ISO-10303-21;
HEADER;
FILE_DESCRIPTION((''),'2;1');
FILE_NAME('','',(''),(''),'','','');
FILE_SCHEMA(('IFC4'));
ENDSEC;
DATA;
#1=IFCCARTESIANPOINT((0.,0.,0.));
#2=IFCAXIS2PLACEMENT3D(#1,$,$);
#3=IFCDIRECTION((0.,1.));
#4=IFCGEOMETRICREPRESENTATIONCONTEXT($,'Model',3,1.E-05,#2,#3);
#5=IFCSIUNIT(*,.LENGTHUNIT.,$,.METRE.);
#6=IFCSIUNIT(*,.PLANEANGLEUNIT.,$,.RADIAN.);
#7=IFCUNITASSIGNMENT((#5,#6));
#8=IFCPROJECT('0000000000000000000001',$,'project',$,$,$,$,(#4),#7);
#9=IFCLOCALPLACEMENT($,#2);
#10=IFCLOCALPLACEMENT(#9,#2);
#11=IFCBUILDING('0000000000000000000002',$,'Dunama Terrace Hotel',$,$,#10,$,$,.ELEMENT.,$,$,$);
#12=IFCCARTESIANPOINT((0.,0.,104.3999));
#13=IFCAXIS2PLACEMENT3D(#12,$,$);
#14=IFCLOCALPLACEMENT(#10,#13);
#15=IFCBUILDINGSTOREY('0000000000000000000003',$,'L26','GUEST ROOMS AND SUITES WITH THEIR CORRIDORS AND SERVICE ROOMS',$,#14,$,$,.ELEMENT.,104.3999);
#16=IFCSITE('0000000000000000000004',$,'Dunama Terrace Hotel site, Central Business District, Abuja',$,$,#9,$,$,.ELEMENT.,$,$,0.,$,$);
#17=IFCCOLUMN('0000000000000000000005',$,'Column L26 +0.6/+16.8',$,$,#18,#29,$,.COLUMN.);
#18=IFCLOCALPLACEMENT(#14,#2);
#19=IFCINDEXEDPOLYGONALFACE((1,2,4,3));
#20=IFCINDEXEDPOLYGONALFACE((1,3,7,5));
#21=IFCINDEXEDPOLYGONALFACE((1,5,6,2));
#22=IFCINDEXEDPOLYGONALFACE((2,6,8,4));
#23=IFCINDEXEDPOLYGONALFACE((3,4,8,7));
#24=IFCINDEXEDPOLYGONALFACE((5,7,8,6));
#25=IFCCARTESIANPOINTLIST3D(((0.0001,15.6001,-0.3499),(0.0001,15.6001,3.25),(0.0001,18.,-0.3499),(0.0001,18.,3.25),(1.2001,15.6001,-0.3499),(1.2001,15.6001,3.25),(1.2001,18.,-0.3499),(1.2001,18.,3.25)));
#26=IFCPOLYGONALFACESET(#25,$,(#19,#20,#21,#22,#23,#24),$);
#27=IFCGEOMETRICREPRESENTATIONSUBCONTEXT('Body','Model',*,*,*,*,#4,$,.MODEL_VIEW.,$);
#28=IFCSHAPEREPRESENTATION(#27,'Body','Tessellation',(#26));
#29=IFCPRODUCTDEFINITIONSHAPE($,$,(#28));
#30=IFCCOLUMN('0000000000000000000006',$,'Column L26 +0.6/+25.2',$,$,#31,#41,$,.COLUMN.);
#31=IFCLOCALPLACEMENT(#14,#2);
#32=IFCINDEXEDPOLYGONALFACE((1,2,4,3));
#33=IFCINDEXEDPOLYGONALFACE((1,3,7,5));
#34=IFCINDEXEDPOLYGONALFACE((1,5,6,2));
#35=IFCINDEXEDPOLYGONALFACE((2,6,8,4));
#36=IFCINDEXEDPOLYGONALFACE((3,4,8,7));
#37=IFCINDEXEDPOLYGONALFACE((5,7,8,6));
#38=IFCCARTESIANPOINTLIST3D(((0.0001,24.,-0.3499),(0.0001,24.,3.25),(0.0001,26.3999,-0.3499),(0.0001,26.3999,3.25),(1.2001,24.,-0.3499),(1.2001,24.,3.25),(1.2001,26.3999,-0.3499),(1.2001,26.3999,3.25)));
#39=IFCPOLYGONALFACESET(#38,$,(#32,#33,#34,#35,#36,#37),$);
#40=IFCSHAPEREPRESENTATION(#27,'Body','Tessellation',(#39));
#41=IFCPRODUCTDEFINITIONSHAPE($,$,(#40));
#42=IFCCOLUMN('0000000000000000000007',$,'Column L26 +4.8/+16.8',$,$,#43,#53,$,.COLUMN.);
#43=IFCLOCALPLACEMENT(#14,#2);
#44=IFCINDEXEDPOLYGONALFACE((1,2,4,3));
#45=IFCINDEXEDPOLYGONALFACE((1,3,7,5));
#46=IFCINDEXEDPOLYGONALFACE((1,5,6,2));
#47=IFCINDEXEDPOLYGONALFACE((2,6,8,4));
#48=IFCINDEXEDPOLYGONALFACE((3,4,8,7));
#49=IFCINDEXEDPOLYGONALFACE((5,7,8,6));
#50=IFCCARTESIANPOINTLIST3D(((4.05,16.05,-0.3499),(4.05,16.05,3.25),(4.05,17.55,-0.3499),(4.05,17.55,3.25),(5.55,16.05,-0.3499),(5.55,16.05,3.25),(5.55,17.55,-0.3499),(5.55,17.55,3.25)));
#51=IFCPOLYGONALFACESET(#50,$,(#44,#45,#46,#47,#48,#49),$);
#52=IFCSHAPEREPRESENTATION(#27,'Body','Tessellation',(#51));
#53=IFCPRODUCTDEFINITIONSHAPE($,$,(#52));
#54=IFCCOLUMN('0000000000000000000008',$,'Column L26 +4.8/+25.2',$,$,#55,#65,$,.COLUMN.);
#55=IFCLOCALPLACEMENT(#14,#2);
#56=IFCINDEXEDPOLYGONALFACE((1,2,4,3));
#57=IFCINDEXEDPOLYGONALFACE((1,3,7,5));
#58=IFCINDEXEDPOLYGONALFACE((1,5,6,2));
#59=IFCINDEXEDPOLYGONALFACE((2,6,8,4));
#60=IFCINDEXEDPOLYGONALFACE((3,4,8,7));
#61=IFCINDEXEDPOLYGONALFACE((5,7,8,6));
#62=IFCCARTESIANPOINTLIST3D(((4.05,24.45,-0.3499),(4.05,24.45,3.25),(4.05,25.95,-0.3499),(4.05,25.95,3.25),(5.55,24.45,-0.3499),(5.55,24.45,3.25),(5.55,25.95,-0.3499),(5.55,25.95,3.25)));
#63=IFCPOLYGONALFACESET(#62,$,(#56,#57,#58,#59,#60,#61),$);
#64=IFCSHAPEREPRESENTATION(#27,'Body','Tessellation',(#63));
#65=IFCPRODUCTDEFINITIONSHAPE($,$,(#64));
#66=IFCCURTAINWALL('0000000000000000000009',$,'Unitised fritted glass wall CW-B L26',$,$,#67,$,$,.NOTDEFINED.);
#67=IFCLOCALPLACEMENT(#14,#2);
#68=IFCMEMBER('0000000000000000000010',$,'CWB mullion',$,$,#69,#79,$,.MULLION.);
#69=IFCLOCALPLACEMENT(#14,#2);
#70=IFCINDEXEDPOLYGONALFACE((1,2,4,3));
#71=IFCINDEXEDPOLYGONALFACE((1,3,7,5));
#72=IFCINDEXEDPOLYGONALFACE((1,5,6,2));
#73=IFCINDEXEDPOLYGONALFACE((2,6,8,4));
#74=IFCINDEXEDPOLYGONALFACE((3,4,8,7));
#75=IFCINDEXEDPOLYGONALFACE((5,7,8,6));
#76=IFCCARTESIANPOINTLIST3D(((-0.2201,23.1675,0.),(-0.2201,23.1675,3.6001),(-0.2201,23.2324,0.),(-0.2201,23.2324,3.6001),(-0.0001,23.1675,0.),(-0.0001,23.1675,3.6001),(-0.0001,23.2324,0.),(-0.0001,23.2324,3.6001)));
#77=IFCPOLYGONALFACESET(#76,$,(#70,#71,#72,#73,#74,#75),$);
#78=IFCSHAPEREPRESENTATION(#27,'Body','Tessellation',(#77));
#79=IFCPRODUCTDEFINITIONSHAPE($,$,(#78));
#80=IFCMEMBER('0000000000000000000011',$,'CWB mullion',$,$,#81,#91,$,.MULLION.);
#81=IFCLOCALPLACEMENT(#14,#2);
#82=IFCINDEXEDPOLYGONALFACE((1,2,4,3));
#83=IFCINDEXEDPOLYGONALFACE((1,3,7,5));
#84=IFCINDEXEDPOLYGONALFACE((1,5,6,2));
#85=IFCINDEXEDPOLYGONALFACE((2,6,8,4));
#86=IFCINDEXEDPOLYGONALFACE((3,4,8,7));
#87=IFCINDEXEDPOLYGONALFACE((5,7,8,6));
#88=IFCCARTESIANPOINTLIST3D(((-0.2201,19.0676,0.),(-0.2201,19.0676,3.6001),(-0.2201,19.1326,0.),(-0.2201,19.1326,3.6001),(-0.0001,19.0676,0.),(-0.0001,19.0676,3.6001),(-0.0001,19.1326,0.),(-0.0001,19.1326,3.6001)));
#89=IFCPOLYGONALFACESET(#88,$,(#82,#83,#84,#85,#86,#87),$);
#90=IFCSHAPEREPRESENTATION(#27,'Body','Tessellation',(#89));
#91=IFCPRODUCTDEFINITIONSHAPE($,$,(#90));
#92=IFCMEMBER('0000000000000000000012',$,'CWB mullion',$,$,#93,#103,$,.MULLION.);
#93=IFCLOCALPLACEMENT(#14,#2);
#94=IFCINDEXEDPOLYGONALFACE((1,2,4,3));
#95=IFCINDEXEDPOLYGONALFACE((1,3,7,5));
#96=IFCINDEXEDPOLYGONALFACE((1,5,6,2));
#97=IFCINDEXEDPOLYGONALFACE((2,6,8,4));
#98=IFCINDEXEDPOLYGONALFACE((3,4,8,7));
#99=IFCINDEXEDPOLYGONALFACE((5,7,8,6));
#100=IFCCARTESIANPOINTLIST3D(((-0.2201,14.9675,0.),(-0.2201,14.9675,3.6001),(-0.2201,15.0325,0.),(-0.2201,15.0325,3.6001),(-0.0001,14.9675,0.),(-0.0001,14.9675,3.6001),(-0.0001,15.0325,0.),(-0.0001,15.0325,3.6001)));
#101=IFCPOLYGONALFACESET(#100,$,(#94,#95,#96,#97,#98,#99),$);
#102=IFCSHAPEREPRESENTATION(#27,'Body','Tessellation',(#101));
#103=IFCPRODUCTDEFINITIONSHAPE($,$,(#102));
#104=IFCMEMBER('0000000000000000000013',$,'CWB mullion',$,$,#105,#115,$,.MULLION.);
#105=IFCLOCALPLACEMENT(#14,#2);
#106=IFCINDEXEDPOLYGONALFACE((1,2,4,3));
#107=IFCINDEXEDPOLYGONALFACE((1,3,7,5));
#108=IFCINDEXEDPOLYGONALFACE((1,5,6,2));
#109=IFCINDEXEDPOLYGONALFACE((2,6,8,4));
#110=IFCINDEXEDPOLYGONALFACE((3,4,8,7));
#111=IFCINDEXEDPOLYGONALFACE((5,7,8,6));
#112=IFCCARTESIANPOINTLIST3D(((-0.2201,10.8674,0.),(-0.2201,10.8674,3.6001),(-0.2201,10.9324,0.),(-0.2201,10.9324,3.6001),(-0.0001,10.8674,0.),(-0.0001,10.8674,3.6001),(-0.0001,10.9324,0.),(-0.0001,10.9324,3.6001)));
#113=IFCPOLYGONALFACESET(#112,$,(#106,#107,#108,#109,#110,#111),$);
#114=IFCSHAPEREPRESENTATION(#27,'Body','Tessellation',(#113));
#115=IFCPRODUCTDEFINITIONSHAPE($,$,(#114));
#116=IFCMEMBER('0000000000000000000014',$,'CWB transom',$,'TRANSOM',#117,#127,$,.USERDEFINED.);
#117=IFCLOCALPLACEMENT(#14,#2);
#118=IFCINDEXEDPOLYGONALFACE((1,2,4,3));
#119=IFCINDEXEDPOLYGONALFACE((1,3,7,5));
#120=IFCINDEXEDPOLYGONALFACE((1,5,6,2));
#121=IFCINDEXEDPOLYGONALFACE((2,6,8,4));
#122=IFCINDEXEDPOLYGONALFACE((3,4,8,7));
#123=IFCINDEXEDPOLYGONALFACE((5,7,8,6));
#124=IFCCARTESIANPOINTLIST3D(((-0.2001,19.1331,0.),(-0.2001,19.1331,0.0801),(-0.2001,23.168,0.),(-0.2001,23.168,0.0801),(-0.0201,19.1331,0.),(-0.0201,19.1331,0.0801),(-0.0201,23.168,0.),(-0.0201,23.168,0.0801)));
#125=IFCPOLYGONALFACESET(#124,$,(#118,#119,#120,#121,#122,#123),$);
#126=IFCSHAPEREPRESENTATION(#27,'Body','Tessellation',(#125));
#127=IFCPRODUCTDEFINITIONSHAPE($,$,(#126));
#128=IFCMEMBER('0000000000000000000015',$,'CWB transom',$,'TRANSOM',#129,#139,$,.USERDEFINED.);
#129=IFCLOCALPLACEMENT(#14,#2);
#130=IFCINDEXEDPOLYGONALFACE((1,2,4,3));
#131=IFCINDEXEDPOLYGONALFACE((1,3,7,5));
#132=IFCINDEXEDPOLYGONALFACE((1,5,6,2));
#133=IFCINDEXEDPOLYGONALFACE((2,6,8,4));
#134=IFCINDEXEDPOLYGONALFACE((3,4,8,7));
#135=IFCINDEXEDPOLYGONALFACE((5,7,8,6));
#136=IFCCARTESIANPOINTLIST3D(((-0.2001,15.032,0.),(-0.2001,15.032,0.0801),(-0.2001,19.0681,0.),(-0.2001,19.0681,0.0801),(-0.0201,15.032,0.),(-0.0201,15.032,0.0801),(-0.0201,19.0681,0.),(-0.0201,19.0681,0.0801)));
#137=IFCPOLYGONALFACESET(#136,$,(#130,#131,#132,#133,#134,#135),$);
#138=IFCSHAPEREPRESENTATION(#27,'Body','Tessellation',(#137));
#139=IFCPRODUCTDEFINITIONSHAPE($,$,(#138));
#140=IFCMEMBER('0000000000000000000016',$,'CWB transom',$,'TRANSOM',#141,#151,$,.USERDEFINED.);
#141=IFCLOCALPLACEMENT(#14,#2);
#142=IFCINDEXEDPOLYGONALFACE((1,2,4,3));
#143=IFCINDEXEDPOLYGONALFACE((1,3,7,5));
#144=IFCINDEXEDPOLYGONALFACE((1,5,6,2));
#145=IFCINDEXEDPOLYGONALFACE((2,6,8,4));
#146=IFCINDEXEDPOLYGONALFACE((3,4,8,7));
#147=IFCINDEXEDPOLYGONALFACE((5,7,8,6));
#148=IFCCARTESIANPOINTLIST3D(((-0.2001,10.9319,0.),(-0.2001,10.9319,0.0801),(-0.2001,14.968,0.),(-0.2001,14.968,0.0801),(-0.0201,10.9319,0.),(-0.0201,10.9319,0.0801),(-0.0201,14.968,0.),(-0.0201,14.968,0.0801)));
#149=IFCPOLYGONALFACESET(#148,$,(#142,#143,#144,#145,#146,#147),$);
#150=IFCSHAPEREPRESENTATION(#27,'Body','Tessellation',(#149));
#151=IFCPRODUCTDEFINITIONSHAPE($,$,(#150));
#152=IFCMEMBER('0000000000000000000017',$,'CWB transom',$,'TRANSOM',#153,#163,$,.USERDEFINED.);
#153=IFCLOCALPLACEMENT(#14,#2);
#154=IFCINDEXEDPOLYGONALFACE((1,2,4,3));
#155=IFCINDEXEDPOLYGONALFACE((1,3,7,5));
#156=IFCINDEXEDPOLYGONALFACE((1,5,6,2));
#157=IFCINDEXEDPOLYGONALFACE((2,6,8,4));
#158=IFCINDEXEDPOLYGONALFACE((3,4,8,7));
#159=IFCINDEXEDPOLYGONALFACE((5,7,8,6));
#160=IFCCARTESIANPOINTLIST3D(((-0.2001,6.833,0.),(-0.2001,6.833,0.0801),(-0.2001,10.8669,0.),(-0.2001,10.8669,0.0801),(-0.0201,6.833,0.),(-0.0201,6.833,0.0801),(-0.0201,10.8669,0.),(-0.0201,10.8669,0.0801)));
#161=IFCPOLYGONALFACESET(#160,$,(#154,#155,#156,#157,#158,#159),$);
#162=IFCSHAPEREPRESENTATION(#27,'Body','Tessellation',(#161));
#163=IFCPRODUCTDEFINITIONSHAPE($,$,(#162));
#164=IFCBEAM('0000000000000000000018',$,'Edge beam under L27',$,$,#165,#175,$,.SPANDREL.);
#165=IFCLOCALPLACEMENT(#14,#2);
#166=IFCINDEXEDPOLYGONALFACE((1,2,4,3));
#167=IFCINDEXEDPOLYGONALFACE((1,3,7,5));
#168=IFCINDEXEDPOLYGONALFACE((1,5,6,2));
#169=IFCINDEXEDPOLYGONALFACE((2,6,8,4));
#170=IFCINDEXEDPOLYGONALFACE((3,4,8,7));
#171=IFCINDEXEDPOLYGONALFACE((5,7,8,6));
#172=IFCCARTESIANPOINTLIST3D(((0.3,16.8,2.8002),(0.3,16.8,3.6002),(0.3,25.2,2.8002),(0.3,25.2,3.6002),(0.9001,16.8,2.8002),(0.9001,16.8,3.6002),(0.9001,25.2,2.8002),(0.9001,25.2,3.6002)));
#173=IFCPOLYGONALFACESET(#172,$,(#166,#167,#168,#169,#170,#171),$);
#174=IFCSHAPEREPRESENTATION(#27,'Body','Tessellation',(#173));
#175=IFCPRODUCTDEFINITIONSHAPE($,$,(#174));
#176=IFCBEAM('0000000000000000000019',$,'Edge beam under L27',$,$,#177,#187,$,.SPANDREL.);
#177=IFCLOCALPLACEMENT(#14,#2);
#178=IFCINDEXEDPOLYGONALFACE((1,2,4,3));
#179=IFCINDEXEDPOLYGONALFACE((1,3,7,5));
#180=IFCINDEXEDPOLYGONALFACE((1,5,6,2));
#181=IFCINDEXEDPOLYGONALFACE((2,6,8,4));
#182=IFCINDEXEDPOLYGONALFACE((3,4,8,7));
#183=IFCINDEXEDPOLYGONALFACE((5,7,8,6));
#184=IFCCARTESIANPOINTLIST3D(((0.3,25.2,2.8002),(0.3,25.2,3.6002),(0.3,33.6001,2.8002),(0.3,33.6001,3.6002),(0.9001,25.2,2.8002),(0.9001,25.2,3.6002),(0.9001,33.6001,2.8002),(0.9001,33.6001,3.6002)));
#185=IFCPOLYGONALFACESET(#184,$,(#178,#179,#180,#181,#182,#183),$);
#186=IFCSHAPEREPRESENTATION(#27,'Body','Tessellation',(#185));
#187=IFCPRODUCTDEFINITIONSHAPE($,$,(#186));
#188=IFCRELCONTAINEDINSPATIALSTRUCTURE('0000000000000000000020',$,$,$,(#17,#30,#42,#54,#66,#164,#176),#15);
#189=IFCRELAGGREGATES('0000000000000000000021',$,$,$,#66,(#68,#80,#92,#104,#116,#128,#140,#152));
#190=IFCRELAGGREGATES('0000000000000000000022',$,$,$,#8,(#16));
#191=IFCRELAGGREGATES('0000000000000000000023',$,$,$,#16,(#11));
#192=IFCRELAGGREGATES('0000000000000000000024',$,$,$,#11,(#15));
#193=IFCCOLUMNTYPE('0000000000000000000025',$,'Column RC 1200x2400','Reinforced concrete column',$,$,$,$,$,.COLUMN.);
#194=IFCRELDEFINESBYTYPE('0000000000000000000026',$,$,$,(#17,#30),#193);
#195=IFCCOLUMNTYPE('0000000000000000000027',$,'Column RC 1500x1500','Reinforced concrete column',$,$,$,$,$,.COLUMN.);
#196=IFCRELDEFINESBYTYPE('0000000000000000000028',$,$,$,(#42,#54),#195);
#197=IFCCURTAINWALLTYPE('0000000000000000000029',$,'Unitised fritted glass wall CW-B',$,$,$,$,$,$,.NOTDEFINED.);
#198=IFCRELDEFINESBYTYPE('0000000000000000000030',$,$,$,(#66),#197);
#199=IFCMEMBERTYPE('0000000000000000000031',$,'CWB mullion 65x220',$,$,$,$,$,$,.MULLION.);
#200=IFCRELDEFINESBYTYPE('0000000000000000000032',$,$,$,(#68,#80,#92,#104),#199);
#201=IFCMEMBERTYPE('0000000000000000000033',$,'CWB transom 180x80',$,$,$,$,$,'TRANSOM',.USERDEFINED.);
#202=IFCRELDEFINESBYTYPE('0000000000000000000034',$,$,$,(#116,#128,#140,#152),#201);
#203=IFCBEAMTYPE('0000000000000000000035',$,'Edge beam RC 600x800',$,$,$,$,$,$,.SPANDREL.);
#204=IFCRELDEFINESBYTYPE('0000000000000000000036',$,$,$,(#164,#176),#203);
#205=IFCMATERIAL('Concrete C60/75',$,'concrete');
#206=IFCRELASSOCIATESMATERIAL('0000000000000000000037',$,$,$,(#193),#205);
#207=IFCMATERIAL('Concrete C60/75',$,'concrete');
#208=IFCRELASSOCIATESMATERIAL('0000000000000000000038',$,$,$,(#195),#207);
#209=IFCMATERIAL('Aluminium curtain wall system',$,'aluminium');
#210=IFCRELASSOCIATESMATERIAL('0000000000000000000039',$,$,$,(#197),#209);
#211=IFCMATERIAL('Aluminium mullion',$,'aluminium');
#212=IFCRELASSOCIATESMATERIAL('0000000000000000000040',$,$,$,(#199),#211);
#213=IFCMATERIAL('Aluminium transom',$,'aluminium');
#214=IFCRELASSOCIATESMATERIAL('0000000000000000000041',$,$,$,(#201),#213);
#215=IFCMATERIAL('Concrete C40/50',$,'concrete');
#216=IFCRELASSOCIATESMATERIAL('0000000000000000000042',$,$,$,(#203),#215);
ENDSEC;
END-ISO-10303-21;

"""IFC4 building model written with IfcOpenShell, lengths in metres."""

from ifc_helpers import new_model, si_unit, direction, frame, origin, origin_2d, place, context, subcontext, project, spatial, rectangle, extrude, material, material_profile, profile_set, type_object, element, aggregate, save


model = new_model("IFC4")

# Units and contexts
model_context = context("Model", 3, precision=1e-05, world=origin(), true_north=direction((0.0, 1.0)))
body_context = subcontext(model_context, "Body", "Model", "MODEL_VIEW")
ifc_project = project(units=[si_unit("LENGTHUNIT", "METRE"), si_unit("PLANEANGLEUNIT", "RADIAN")], contexts=[model_context])

# Site, building, storey
site_placement = place(None, origin())
site = spatial("IfcSite", under=ifc_project, at=site_placement, Name="Dunama Terrace Hotel site, Central Business District, Abuja", CompositionType="ELEMENT", RefElevation=0.0)
building_placement = place(site_placement, origin())
building = spatial("IfcBuilding", under=site, at=building_placement, Name="Dunama Terrace Hotel", CompositionType="ELEMENT")
storey_placement = place(building_placement, frame((0.0, 0.0, 104.3999)))
storey = spatial("IfcBuildingStorey", under=building, at=storey_placement, Name="L26", Description="GUEST ROOMS AND SUITES WITH THEIR CORRIDORS AND SERVICE ROOMS", CompositionType="ELEMENT", Elevation=104.3999)

# Columns
ifc_material_1 = material(Name="Concrete C60/75", Category="concrete")
ifc_material_profile_1 = material_profile(ifc_material_1, rectangle(XDim=1.2, YDim=2.3999, at=origin_2d()), Name="RC 1200x2400")
ifc_profile_set_1 = profile_set([ifc_material_profile_1], Name="Concrete C60/75")
column_type_1 = type_object("IfcColumnType", Name="Column RC 1200x2400", Description="Reinforced concrete column", PredefinedType="COLUMN", material=ifc_profile_set_1)
for number, where, z_axis, x_axis, name in (
    (1, (0.6001, 16.8, -0.3499), (0.0, 0.0, 1.0), (1.0, 0.0, 0.0), "Column L26 +0.6/+16.8"),
    (2, (0.6001, 25.2, -0.3499), (0.0, 0.0, 1.0), (1.0, 0.0, 0.0), "Column L26 +0.6/+25.2"),
):
    element("IfcColumn", number, at=place(storey_placement, frame(where, z_axis=z_axis, x_axis=x_axis)), inside=storey, type_object=column_type_1, Name=name, PredefinedType="COLUMN", context=body_context, shape_type="SweptSolid", body=[
        extrude(rectangle(XDim=1.2, YDim=2.3999, at=origin_2d()), origin(), (0.0, 0.0, 1.0), 3.5999),
    ])
ifc_material_2 = material(Name="Concrete C60/75", Category="concrete")
ifc_material_profile_2 = material_profile(ifc_material_2, rectangle(XDim=1.5, YDim=1.5, at=origin_2d()), Name="RC 1500x1500")
ifc_profile_set_2 = profile_set([ifc_material_profile_2], Name="Concrete C60/75")
column_type_2 = type_object("IfcColumnType", Name="Column RC 1500x1500", Description="Reinforced concrete column", PredefinedType="COLUMN", material=ifc_profile_set_2)
for number, where, z_axis, x_axis, name in (
    (3, (4.8, 16.8, -0.3499), (0.0, 0.0, 1.0), (1.0, 0.0, 0.0), "Column L26 +4.8/+16.8"),
    (4, (4.8, 25.2, -0.3499), (0.0, 0.0, 1.0), (1.0, 0.0, 0.0), "Column L26 +4.8/+25.2"),
):
    element("IfcColumn", number, at=place(storey_placement, frame(where, z_axis=z_axis, x_axis=x_axis)), inside=storey, type_object=column_type_2, Name=name, PredefinedType="COLUMN", context=body_context, shape_type="SweptSolid", body=[
        extrude(rectangle(XDim=1.5, YDim=1.5, at=origin_2d()), origin(), (0.0, 0.0, 1.0), 3.5999),
    ])

# Curtain wall, members
ifc_material_3 = material(Name="Aluminium curtain wall system", Category="aluminium")
curtain_wall_type = type_object("IfcCurtainWallType", Name="Unitised fritted glass wall CW-B", PredefinedType="NOTDEFINED", material=ifc_material_3)
curtain_wall_placement = place(storey_placement, origin())
curtain_wall = element("IfcCurtainWall", 5, at=curtain_wall_placement, inside=storey, type_object=curtain_wall_type, Name="Unitised fritted glass wall CW-B L26", PredefinedType="NOTDEFINED")
ifc_material_4 = material(Name="Aluminium mullion", Category="aluminium")
ifc_material_profile_3 = material_profile(ifc_material_4, rectangle(XDim=0.0649, YDim=0.22, at=origin_2d()), Name="CWB MULLION 65X220")
ifc_profile_set_3 = profile_set([ifc_material_profile_3], Name="Aluminium mullion")
member_type_1 = type_object("IfcMemberType", Name="CWB mullion 65x220", PredefinedType="MULLION", material=ifc_profile_set_3)
member_1_placement = place(storey_placement, frame((-0.1101, 23.2, 0.0), z_axis=(0.0, 0.0, 1.0), x_axis=(0.0, -1.0, 0.0)))
member_1 = element("IfcMember", 6, at=member_1_placement, type_object=member_type_1, Name="CWB mullion", PredefinedType="MULLION", context=body_context, shape_type="SweptSolid", body=[
    extrude(rectangle(XDim=0.0649, YDim=0.22, at=origin_2d()), origin(), (0.0, 0.0, 1.0), 3.6001),
])
member_2_placement = place(storey_placement, frame((-0.1101, 19.1001, 0.0), z_axis=(0.0, 0.0, 1.0), x_axis=(0.0, -1.0, 0.0)))
member_2 = element("IfcMember", 7, at=member_2_placement, type_object=member_type_1, Name="CWB mullion", PredefinedType="MULLION", context=body_context, shape_type="SweptSolid", body=[
    extrude(rectangle(XDim=0.0649, YDim=0.22, at=origin_2d()), origin(), (0.0, 0.0, 1.0), 3.6001),
])
member_3_placement = place(storey_placement, frame((-0.1101, 15.0, 0.0), z_axis=(0.0, 0.0, 1.0), x_axis=(0.0, -1.0, 0.0)))
member_3 = element("IfcMember", 8, at=member_3_placement, type_object=member_type_1, Name="CWB mullion", PredefinedType="MULLION", context=body_context, shape_type="SweptSolid", body=[
    extrude(rectangle(XDim=0.0649, YDim=0.22, at=origin_2d()), origin(), (0.0, 0.0, 1.0), 3.6001),
])
member_4_placement = place(storey_placement, frame((-0.1101, 10.8999, 0.0), z_axis=(0.0, 0.0, 1.0), x_axis=(0.0, -1.0, 0.0)))
member_4 = element("IfcMember", 9, at=member_4_placement, type_object=member_type_1, Name="CWB mullion", PredefinedType="MULLION", context=body_context, shape_type="SweptSolid", body=[
    extrude(rectangle(XDim=0.0649, YDim=0.22, at=origin_2d()), origin(), (0.0, 0.0, 1.0), 3.6001),
])
ifc_material_5 = material(Name="Aluminium transom", Category="aluminium")
ifc_material_profile_4 = material_profile(ifc_material_5, rectangle(XDim=0.1799, YDim=0.0801, at=origin_2d()), Name="CWB TRANSOM 180X80")
ifc_profile_set_4 = profile_set([ifc_material_profile_4], Name="Aluminium transom")
member_type_2 = type_object("IfcMemberType", Name="CWB transom 180x80", ElementType="TRANSOM", PredefinedType="USERDEFINED", material=ifc_profile_set_4)
member_5_placement = place(storey_placement, frame((-0.1101, 23.168, 0.04), z_axis=(0.0, -1.0, 0.0), x_axis=(1.0, 0.0, 0.0)))
member_5 = element("IfcMember", 10, at=member_5_placement, type_object=member_type_2, Name="CWB transom", ObjectType="TRANSOM", PredefinedType="USERDEFINED", context=body_context, shape_type="SweptSolid", body=[
    extrude(rectangle(XDim=0.1799, YDim=0.0801, at=origin_2d()), origin(), (0.0, 0.0, 1.0), 4.0349),
])
member_6_placement = place(storey_placement, frame((-0.1101, 19.0681, 0.04), z_axis=(0.0, -1.0, 0.0), x_axis=(1.0, 0.0, 0.0)))
member_6 = element("IfcMember", 11, at=member_6_placement, type_object=member_type_2, Name="CWB transom", ObjectType="TRANSOM", PredefinedType="USERDEFINED", context=body_context, shape_type="SweptSolid", body=[
    extrude(rectangle(XDim=0.1799, YDim=0.0801, at=origin_2d()), origin(), (0.0, 0.0, 1.0), 4.0361),
])
member_7_placement = place(storey_placement, frame((-0.1101, 14.968, 0.04), z_axis=(0.0, -1.0, 0.0), x_axis=(1.0, 0.0, 0.0)))
member_7 = element("IfcMember", 12, at=member_7_placement, type_object=member_type_2, Name="CWB transom", ObjectType="TRANSOM", PredefinedType="USERDEFINED", context=body_context, shape_type="SweptSolid", body=[
    extrude(rectangle(XDim=0.1799, YDim=0.0801, at=origin_2d()), origin(), (0.0, 0.0, 1.0), 4.0361),
])
member_8_placement = place(storey_placement, frame((-0.1101, 10.8669, 0.04), z_axis=(0.0, -1.0, 0.0), x_axis=(1.0, 0.0, 0.0)))
member_8 = element("IfcMember", 13, at=member_8_placement, type_object=member_type_2, Name="CWB transom", ObjectType="TRANSOM", PredefinedType="USERDEFINED", context=body_context, shape_type="SweptSolid", body=[
    extrude(rectangle(XDim=0.1799, YDim=0.0801, at=origin_2d()), origin(), (0.0, 0.0, 1.0), 4.0339),
])

# Beams
ifc_material_6 = material(Name="Concrete C40/50", Category="concrete")
ifc_material_profile_5 = material_profile(ifc_material_6, rectangle(XDim=0.6001, YDim=0.8, at=origin_2d()), Name="RC 600x800")
ifc_profile_set_5 = profile_set([ifc_material_profile_5], Name="Concrete C40/50")
beam_type = type_object("IfcBeamType", Name="Edge beam RC 600x800", PredefinedType="SPANDREL", material=ifc_profile_set_5)
beam_1_placement = place(storey_placement, frame((0.6001, 16.8, 3.2002), z_axis=(0.0, 1.0, 0.0), x_axis=(-1.0, 0.0, 0.0)))
element("IfcBeam", 14, at=beam_1_placement, inside=storey, type_object=beam_type, Name="Edge beam under L27", PredefinedType="SPANDREL", context=body_context, shape_type="SweptSolid", body=[
    extrude(rectangle(XDim=0.6001, YDim=0.8, at=origin_2d()), origin(), (0.0, 0.0, 1.0), 8.3999),
])
beam_2_placement = place(storey_placement, frame((0.6001, 25.2, 3.2002), z_axis=(0.0, 1.0, 0.0), x_axis=(-1.0, 0.0, 0.0)))
element("IfcBeam", 15, at=beam_2_placement, inside=storey, type_object=beam_type, Name="Edge beam under L27", PredefinedType="SPANDREL", context=body_context, shape_type="SweptSolid", body=[
    extrude(rectangle(XDim=0.6001, YDim=0.8, at=origin_2d()), origin(), (0.0, 0.0, 1.0), 8.4001),
])

aggregate(curtain_wall, [member_1, member_2, member_3, member_4, member_5, member_6, member_7, member_8])

save(model, "model.ifc")
